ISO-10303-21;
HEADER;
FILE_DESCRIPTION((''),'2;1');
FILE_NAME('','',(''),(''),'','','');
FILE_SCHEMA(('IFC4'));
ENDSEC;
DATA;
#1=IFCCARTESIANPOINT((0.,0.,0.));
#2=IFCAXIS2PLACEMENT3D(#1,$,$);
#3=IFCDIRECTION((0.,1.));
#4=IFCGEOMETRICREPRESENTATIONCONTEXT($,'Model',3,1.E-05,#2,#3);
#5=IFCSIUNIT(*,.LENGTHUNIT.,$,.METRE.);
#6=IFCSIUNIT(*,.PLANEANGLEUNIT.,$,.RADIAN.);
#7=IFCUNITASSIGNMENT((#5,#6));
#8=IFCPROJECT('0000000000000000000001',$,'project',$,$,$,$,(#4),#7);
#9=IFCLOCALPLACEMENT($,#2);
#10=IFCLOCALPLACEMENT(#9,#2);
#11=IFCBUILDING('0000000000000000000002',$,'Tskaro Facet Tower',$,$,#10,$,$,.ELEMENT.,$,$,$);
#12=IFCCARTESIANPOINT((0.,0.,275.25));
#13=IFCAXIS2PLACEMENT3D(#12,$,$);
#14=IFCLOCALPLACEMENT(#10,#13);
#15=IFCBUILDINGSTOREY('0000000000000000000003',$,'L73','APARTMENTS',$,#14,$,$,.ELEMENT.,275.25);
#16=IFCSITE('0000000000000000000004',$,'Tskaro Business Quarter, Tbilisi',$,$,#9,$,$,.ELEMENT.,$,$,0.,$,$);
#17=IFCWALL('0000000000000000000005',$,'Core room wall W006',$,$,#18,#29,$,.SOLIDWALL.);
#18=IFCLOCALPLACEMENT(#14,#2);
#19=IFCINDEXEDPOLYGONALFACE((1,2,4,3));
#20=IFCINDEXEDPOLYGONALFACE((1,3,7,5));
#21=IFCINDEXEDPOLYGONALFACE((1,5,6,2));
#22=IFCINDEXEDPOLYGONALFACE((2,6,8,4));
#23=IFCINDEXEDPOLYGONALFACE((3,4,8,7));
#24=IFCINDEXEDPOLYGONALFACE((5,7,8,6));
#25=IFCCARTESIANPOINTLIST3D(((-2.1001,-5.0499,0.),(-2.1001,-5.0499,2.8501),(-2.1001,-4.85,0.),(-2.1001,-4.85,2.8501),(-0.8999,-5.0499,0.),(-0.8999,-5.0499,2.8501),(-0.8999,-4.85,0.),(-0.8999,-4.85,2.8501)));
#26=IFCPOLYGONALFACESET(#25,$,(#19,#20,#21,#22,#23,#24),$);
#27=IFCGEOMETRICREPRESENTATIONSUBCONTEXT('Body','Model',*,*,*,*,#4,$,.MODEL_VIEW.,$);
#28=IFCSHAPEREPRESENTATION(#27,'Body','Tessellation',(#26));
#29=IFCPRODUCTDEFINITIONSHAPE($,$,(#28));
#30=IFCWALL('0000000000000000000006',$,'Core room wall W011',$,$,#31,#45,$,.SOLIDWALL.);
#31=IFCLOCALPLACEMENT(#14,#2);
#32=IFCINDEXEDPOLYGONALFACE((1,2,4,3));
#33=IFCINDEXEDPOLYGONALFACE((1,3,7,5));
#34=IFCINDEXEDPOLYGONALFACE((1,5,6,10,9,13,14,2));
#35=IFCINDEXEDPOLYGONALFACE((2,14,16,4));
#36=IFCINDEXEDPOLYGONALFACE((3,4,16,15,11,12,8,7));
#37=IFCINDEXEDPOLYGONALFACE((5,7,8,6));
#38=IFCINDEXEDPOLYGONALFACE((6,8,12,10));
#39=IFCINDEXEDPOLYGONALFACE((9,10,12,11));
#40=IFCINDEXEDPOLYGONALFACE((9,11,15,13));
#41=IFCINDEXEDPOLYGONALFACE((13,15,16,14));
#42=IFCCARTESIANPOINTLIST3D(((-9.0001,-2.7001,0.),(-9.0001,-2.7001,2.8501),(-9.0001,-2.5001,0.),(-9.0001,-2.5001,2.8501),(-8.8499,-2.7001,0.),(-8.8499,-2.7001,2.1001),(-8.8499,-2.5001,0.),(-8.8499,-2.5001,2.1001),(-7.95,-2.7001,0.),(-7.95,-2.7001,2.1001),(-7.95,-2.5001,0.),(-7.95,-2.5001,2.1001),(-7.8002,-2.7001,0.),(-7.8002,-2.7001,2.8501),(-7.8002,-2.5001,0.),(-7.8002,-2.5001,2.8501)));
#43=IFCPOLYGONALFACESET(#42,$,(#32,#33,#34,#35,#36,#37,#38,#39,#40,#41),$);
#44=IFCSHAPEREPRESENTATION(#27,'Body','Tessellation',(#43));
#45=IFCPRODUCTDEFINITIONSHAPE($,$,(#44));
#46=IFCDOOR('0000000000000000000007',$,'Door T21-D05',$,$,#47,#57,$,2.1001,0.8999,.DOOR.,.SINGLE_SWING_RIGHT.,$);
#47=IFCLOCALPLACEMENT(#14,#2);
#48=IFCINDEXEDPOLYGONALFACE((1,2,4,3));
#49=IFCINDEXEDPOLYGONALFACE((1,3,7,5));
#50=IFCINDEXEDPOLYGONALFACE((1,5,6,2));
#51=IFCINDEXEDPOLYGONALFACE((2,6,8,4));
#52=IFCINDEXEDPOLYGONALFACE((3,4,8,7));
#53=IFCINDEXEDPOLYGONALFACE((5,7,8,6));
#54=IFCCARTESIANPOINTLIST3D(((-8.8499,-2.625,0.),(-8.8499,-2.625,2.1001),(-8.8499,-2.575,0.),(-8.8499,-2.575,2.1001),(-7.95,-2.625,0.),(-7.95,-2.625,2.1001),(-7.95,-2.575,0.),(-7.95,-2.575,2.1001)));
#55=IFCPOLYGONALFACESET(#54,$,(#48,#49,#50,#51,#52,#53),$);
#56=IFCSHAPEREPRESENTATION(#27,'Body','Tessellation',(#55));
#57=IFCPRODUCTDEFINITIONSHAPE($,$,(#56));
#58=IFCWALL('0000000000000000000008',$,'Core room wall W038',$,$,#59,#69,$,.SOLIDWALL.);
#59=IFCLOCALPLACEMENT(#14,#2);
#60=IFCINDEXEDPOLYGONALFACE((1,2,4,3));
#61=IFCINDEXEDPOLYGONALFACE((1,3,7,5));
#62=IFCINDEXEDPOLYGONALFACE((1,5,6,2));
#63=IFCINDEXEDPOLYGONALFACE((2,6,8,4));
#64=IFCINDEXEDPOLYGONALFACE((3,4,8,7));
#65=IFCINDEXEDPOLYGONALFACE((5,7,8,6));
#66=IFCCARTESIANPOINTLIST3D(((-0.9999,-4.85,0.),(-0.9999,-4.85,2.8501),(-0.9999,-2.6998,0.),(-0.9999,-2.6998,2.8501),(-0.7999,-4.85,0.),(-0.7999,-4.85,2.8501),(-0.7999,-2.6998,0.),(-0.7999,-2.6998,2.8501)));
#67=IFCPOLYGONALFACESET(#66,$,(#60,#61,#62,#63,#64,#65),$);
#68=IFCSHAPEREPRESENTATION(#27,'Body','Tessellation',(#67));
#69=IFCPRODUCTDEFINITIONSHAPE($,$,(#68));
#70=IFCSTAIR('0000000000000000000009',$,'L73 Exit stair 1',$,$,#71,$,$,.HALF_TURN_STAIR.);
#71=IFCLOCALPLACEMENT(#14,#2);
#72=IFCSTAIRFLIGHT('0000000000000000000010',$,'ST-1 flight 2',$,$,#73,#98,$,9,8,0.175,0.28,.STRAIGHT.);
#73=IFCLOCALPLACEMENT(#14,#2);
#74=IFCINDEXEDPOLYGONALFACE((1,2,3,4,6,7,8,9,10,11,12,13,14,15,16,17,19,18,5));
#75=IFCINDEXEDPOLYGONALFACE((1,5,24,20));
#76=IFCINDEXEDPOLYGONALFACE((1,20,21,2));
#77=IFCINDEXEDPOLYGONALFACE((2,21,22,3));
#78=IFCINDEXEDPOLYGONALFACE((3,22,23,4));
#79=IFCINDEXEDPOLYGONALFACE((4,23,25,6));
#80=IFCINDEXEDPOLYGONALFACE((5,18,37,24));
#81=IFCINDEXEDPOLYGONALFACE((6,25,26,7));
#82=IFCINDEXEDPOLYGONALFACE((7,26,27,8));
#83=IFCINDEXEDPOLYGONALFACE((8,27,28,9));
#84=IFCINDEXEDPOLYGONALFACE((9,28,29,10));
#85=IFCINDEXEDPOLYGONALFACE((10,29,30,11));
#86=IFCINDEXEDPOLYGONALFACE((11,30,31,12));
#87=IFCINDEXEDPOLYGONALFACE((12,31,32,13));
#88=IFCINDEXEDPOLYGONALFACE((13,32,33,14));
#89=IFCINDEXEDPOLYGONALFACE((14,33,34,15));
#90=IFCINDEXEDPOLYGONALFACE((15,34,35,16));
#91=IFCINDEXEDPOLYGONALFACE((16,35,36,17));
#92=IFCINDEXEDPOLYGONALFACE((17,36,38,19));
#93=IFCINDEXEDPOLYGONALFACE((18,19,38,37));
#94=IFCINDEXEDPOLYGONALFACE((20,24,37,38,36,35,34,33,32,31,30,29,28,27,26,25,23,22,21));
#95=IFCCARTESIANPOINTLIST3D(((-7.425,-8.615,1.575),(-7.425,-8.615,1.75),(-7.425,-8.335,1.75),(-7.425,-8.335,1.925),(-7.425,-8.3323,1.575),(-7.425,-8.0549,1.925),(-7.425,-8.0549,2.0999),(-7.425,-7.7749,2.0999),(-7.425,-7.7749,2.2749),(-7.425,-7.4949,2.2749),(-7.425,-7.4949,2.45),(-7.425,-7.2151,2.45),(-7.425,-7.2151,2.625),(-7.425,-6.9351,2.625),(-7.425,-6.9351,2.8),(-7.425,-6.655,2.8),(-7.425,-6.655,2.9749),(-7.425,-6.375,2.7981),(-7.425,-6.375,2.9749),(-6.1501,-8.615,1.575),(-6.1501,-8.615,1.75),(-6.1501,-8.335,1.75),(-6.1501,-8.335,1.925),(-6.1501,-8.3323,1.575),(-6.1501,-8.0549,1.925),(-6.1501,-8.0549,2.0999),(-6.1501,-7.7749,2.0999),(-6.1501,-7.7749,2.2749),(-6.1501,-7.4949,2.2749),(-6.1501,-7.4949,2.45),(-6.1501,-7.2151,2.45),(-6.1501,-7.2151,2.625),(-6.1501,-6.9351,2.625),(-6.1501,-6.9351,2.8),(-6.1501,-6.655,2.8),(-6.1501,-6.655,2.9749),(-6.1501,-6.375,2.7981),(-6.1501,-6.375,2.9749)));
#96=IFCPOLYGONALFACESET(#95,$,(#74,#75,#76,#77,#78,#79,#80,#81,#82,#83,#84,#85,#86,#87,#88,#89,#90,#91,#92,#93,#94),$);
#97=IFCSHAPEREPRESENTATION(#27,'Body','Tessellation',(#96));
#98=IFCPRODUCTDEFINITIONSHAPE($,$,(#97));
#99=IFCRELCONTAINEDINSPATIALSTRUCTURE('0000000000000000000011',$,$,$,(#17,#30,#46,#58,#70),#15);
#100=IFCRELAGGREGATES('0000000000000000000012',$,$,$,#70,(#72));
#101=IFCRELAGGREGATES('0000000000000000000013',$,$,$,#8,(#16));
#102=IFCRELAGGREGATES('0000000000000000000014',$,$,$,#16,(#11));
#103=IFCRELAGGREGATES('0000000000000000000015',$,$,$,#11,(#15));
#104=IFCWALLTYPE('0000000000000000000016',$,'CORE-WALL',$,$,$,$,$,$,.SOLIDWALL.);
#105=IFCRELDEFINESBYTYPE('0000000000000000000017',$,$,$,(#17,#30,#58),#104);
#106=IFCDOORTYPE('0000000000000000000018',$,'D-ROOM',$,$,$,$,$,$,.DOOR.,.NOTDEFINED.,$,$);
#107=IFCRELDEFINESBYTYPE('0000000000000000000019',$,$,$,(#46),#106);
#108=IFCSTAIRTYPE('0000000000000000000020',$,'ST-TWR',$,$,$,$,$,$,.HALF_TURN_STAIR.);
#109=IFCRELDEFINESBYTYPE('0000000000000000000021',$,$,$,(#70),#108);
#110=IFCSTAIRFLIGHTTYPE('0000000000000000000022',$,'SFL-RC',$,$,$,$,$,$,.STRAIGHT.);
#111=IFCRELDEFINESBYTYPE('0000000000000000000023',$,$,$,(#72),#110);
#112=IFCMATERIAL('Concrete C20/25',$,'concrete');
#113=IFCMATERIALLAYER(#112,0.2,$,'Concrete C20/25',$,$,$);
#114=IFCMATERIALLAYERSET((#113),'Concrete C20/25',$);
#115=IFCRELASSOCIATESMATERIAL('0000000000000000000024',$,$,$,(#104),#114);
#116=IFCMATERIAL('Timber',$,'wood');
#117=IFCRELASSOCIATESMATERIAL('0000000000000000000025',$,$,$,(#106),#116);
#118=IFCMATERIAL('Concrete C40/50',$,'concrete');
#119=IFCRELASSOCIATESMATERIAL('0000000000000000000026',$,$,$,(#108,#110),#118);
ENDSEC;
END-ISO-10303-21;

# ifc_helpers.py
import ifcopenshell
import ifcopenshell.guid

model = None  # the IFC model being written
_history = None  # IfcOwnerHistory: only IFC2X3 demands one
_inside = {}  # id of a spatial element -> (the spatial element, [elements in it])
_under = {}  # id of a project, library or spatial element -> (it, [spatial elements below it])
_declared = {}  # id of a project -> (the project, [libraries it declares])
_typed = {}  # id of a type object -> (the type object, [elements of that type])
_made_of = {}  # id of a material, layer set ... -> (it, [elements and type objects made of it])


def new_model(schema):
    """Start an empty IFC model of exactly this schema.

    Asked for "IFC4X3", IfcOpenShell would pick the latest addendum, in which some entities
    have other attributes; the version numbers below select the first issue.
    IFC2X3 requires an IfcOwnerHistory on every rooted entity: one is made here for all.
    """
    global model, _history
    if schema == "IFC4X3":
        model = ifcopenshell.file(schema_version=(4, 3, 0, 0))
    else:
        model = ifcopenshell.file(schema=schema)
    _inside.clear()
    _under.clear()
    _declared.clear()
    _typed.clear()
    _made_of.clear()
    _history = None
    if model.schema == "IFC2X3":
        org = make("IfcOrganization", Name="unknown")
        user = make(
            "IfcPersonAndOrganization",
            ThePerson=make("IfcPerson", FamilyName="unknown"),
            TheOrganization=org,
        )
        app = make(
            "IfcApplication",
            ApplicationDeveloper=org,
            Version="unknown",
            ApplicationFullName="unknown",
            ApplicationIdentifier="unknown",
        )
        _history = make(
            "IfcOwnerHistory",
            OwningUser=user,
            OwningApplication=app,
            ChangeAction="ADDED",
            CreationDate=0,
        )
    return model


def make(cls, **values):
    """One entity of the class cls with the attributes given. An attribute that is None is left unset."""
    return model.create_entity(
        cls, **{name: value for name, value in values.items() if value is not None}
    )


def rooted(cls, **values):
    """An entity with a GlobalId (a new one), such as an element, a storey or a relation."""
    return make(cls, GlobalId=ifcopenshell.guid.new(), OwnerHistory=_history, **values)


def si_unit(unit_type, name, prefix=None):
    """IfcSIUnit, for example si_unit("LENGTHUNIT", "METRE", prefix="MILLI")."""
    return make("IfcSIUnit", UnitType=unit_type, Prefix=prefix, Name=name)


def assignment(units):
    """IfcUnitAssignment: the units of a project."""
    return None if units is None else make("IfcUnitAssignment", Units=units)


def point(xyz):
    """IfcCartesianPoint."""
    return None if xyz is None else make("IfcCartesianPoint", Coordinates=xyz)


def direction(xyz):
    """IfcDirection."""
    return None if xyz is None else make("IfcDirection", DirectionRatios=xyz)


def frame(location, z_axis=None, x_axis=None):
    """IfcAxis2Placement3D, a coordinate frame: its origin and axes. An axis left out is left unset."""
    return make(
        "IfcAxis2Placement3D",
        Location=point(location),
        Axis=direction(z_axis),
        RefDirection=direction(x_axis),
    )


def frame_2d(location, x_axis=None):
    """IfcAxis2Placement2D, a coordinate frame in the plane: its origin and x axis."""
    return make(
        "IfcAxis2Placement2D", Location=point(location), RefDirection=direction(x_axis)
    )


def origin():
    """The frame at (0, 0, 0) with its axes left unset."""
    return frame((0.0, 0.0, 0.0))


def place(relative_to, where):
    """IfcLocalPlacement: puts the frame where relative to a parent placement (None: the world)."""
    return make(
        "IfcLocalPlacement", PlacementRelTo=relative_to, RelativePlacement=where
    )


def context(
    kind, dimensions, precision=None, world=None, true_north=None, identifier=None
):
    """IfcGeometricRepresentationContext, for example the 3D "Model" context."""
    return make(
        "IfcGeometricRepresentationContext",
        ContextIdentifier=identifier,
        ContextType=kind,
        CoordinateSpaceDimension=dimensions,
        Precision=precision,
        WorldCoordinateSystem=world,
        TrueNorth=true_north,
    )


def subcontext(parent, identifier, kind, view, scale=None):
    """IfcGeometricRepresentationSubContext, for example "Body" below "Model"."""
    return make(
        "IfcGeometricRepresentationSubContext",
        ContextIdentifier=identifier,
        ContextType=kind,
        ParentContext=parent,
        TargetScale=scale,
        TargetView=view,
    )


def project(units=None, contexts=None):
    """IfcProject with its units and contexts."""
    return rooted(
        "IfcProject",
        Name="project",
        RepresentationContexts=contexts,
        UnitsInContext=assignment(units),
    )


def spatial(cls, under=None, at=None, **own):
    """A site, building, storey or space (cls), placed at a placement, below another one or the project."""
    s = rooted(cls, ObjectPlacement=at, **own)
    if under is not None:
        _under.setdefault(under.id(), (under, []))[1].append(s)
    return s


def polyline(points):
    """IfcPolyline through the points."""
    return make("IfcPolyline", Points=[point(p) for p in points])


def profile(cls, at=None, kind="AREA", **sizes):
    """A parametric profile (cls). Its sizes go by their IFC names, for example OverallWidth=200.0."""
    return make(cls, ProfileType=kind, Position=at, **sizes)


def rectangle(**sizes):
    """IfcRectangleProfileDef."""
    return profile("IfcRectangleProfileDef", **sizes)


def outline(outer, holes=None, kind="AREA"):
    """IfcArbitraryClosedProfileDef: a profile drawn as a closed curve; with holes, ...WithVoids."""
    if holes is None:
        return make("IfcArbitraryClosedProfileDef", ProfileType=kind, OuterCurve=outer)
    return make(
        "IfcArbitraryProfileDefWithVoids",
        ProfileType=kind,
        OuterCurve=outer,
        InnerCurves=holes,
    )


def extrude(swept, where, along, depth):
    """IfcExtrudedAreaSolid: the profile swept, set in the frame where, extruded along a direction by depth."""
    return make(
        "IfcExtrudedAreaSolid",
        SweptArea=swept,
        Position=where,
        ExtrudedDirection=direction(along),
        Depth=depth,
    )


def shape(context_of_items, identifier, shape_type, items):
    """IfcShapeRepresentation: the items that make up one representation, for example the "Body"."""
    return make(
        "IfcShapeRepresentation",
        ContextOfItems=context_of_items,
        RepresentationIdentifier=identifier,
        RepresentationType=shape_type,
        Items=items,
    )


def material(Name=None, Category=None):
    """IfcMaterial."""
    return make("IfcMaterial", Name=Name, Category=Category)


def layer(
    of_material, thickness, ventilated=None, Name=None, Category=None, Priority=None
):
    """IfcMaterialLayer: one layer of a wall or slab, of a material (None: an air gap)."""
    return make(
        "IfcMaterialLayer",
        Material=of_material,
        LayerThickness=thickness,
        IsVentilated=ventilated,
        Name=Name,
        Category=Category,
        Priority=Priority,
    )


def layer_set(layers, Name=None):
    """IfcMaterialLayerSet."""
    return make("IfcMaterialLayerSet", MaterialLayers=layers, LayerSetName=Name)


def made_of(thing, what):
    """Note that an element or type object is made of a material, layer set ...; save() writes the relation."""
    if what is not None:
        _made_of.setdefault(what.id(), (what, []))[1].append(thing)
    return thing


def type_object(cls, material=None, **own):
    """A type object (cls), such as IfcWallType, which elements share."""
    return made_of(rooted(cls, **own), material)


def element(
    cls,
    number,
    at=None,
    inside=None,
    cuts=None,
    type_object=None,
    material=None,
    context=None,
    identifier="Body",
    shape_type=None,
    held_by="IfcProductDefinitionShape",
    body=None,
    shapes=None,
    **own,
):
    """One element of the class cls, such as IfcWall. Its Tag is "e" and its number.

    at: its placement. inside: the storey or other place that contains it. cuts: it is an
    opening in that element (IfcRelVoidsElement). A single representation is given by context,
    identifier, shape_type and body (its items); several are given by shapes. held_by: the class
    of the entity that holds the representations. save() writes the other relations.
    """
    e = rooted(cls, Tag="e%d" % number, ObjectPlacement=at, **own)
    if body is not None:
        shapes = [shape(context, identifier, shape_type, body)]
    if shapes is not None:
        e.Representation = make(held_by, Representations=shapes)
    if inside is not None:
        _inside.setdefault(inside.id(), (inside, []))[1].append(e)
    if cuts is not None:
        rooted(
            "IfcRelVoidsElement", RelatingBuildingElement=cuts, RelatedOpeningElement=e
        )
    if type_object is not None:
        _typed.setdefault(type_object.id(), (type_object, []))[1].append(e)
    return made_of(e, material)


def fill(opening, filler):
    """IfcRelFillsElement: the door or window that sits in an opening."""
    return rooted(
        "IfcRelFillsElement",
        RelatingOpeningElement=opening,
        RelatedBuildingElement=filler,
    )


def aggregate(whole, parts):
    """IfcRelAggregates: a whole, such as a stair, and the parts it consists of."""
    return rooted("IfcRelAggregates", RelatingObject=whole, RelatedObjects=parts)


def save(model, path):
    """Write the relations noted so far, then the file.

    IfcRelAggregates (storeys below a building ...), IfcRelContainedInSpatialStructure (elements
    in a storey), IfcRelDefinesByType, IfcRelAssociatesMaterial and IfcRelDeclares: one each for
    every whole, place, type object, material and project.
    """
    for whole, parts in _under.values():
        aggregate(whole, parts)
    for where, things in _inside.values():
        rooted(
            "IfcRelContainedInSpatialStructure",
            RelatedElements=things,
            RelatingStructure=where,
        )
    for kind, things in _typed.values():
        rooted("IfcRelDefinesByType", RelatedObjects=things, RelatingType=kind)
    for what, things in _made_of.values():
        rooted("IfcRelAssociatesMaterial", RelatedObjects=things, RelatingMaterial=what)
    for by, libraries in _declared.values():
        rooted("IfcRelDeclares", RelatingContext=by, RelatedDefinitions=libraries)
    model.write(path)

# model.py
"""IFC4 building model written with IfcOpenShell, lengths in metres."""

from ifc_helpers import new_model, si_unit, direction, frame, frame_2d, origin, place, context, subcontext, project, spatial, polyline, rectangle, outline, extrude, material, layer, layer_set, type_object, element, fill, aggregate, save


model = new_model("IFC4")

# Units and contexts
model_context = context("Model", 3, precision=1e-05, world=origin(), true_north=direction((0.0, 1.0)))
body_context = subcontext(model_context, "Body", "Model", "MODEL_VIEW")
ifc_project = project(units=[si_unit("LENGTHUNIT", "METRE"), si_unit("PLANEANGLEUNIT", "RADIAN")], contexts=[model_context])

# Site, building, storey
site_placement = place(None, origin())
site = spatial("IfcSite", under=ifc_project, at=site_placement, Name="Tskaro Business Quarter, Tbilisi", CompositionType="ELEMENT", RefElevation=0.0)
building_placement = place(site_placement, origin())
building = spatial("IfcBuilding", under=site, at=building_placement, Name="Tskaro Facet Tower", CompositionType="ELEMENT")
storey_placement = place(building_placement, frame((0.0, 0.0, 275.25)))
storey = spatial("IfcBuildingStorey", under=building, at=storey_placement, Name="L73", Description="APARTMENTS", CompositionType="ELEMENT", Elevation=275.25)

# Wall
ifc_material_1 = material(Name="Concrete C20/25", Category="concrete")
ifc_layer_1 = layer(ifc_material_1, 0.2, Name="Concrete C20/25")
ifc_layer_set_1 = layer_set([ifc_layer_1], Name="Concrete C20/25")
wall_type_1 = type_object("IfcWallType", Name="CORE-WALL", PredefinedType="SOLIDWALL", material=ifc_layer_set_1)
wall_1_placement = place(storey_placement, frame((-2.1001, -4.95, 0.0), z_axis=(0.0, 0.0, 1.0), x_axis=(1.0, 0.0, 0.0)))
element("IfcWall", 1, at=wall_1_placement, inside=storey, type_object=wall_type_1, Name="Core room wall W006", PredefinedType="SOLIDWALL", context=body_context, shape_type="SweptSolid", body=[
    extrude(rectangle(XDim=1.2002, YDim=0.2, at=frame_2d((0.6001, 0.0))), origin(), (0.0, 0.0, 1.0), 2.8501),
])

# Wall, opening, door
wall_2_placement = place(storey_placement, frame((-7.8, -2.6001, 0.0), z_axis=(0.0, 0.0, 1.0), x_axis=(-1.0, 0.0, 0.0)))
wall_2 = element("IfcWall", 2, at=wall_2_placement, inside=storey, type_object=wall_type_1, Name="Core room wall W011", PredefinedType="SOLIDWALL", context=body_context, shape_type="SweptSolid", body=[
    extrude(rectangle(XDim=1.2, YDim=0.2, at=frame_2d((0.6001, 0.0))), origin(), (0.0, 0.0, 1.0), 2.8501),
])
opening_1_placement = place(wall_2_placement, frame((0.1499, 0.0, 0.0)))
opening_1 = element("IfcOpeningElement", 3, at=opening_1_placement, cuts=wall_2, PredefinedType="OPENING", context=body_context, shape_type="SweptSolid", body=[
    extrude(rectangle(XDim=0.8999, YDim=2.1001, at=frame_2d((0.45, 1.05))), frame((0.0, 0.1099, 0.0), z_axis=(0.0, -1.0, 0.0), x_axis=(1.0, 0.0, 0.0)), (0.0, 0.0, 1.0), 0.22),
])
ifc_material_2 = material(Name="Timber", Category="wood")
door_type_1 = type_object("IfcDoorType", Name="D-ROOM", OperationType="NOTDEFINED", PredefinedType="DOOR", material=ifc_material_2)
door_1_placement = place(opening_1_placement, origin())
door_1 = element("IfcDoor", 4, at=door_1_placement, inside=storey, type_object=door_type_1, Name="Door T21-D05", OperationType="SINGLE_SWING_RIGHT", OverallHeight=2.1001, OverallWidth=0.8999, PredefinedType="DOOR", context=body_context, shape_type="SweptSolid", body=[
    extrude(rectangle(XDim=0.8999, YDim=2.1001, at=frame_2d((0.45, 1.05))), frame((0.0, 0.0249, 0.0), z_axis=(0.0, -1.0, 0.0), x_axis=(1.0, 0.0, 0.0)), (0.0, 0.0, 1.0), 0.05),
])
fill(opening_1, door_1)

# Wall
wall_3_placement = place(storey_placement, frame((-0.8999, -4.8501, 0.0), z_axis=(0.0, 0.0, 1.0), x_axis=(0.0, 1.0, 0.0)))
element("IfcWall", 5, at=wall_3_placement, inside=storey, type_object=wall_type_1, Name="Core room wall W038", PredefinedType="SOLIDWALL", context=body_context, shape_type="SweptSolid", body=[
    extrude(rectangle(XDim=2.1501, YDim=0.2, at=frame_2d((1.0752, 0.0))), origin(), (0.0, 0.0, 1.0), 2.8501),
])

# Stair, stair flight
ifc_material_3 = material(Name="Concrete C40/50", Category="concrete")
stair_type = type_object("IfcStairType", Name="ST-TWR", PredefinedType="HALF_TURN_STAIR", material=ifc_material_3)
stair_placement = place(storey_placement, origin())
stair = element("IfcStair", 6, at=stair_placement, inside=storey, type_object=stair_type, Name="L73 Exit stair 1", PredefinedType="HALF_TURN_STAIR")
stair_flight_type = type_object("IfcStairFlightType", Name="SFL-RC", PredefinedType="STRAIGHT", material=ifc_material_3)
stair_flight_placement = place(storey_placement, frame((-6.7876, -8.615, 1.575), z_axis=(0.0, 0.0, 1.0), x_axis=(0.0, 1.0, 0.0)))
stair_flight = element("IfcStairFlight", 7, at=stair_flight_placement, type_object=stair_flight_type, Name="ST-1 flight 2", NumberOfRisers=9, NumberOfTreads=8, PredefinedType="STRAIGHT", RiserHeight=0.175, TreadLength=0.28, context=body_context, shape_type="SweptSolid", body=[
    extrude(outline(polyline([(0.0, 0.0), (0.0, 0.175), (0.28, 0.175), (0.28, 0.3501), (0.5601, 0.3501), (0.5601, 0.5249), (0.8401, 0.5249), (0.8401, 0.7), (1.1201, 0.7), (1.1201, 0.875), (1.3999, 0.875), (1.3999, 1.05), (1.6799, 1.05), (1.6799, 1.2251), (1.96, 1.2251), (1.96, 1.3999), (2.24, 1.3999), (2.24, 1.575), (2.24, 1.2231), (0.2827, 0.0), (0.0, 0.0)])), frame((0.0, 0.6375, 0.0), z_axis=(0.0, -1.0, 0.0), x_axis=(1.0, 0.0, 0.0)), (0.0, 0.0, 1.0), 1.2749),
])
aggregate(stair, [stair_flight])

save(model, "model.ifc")
